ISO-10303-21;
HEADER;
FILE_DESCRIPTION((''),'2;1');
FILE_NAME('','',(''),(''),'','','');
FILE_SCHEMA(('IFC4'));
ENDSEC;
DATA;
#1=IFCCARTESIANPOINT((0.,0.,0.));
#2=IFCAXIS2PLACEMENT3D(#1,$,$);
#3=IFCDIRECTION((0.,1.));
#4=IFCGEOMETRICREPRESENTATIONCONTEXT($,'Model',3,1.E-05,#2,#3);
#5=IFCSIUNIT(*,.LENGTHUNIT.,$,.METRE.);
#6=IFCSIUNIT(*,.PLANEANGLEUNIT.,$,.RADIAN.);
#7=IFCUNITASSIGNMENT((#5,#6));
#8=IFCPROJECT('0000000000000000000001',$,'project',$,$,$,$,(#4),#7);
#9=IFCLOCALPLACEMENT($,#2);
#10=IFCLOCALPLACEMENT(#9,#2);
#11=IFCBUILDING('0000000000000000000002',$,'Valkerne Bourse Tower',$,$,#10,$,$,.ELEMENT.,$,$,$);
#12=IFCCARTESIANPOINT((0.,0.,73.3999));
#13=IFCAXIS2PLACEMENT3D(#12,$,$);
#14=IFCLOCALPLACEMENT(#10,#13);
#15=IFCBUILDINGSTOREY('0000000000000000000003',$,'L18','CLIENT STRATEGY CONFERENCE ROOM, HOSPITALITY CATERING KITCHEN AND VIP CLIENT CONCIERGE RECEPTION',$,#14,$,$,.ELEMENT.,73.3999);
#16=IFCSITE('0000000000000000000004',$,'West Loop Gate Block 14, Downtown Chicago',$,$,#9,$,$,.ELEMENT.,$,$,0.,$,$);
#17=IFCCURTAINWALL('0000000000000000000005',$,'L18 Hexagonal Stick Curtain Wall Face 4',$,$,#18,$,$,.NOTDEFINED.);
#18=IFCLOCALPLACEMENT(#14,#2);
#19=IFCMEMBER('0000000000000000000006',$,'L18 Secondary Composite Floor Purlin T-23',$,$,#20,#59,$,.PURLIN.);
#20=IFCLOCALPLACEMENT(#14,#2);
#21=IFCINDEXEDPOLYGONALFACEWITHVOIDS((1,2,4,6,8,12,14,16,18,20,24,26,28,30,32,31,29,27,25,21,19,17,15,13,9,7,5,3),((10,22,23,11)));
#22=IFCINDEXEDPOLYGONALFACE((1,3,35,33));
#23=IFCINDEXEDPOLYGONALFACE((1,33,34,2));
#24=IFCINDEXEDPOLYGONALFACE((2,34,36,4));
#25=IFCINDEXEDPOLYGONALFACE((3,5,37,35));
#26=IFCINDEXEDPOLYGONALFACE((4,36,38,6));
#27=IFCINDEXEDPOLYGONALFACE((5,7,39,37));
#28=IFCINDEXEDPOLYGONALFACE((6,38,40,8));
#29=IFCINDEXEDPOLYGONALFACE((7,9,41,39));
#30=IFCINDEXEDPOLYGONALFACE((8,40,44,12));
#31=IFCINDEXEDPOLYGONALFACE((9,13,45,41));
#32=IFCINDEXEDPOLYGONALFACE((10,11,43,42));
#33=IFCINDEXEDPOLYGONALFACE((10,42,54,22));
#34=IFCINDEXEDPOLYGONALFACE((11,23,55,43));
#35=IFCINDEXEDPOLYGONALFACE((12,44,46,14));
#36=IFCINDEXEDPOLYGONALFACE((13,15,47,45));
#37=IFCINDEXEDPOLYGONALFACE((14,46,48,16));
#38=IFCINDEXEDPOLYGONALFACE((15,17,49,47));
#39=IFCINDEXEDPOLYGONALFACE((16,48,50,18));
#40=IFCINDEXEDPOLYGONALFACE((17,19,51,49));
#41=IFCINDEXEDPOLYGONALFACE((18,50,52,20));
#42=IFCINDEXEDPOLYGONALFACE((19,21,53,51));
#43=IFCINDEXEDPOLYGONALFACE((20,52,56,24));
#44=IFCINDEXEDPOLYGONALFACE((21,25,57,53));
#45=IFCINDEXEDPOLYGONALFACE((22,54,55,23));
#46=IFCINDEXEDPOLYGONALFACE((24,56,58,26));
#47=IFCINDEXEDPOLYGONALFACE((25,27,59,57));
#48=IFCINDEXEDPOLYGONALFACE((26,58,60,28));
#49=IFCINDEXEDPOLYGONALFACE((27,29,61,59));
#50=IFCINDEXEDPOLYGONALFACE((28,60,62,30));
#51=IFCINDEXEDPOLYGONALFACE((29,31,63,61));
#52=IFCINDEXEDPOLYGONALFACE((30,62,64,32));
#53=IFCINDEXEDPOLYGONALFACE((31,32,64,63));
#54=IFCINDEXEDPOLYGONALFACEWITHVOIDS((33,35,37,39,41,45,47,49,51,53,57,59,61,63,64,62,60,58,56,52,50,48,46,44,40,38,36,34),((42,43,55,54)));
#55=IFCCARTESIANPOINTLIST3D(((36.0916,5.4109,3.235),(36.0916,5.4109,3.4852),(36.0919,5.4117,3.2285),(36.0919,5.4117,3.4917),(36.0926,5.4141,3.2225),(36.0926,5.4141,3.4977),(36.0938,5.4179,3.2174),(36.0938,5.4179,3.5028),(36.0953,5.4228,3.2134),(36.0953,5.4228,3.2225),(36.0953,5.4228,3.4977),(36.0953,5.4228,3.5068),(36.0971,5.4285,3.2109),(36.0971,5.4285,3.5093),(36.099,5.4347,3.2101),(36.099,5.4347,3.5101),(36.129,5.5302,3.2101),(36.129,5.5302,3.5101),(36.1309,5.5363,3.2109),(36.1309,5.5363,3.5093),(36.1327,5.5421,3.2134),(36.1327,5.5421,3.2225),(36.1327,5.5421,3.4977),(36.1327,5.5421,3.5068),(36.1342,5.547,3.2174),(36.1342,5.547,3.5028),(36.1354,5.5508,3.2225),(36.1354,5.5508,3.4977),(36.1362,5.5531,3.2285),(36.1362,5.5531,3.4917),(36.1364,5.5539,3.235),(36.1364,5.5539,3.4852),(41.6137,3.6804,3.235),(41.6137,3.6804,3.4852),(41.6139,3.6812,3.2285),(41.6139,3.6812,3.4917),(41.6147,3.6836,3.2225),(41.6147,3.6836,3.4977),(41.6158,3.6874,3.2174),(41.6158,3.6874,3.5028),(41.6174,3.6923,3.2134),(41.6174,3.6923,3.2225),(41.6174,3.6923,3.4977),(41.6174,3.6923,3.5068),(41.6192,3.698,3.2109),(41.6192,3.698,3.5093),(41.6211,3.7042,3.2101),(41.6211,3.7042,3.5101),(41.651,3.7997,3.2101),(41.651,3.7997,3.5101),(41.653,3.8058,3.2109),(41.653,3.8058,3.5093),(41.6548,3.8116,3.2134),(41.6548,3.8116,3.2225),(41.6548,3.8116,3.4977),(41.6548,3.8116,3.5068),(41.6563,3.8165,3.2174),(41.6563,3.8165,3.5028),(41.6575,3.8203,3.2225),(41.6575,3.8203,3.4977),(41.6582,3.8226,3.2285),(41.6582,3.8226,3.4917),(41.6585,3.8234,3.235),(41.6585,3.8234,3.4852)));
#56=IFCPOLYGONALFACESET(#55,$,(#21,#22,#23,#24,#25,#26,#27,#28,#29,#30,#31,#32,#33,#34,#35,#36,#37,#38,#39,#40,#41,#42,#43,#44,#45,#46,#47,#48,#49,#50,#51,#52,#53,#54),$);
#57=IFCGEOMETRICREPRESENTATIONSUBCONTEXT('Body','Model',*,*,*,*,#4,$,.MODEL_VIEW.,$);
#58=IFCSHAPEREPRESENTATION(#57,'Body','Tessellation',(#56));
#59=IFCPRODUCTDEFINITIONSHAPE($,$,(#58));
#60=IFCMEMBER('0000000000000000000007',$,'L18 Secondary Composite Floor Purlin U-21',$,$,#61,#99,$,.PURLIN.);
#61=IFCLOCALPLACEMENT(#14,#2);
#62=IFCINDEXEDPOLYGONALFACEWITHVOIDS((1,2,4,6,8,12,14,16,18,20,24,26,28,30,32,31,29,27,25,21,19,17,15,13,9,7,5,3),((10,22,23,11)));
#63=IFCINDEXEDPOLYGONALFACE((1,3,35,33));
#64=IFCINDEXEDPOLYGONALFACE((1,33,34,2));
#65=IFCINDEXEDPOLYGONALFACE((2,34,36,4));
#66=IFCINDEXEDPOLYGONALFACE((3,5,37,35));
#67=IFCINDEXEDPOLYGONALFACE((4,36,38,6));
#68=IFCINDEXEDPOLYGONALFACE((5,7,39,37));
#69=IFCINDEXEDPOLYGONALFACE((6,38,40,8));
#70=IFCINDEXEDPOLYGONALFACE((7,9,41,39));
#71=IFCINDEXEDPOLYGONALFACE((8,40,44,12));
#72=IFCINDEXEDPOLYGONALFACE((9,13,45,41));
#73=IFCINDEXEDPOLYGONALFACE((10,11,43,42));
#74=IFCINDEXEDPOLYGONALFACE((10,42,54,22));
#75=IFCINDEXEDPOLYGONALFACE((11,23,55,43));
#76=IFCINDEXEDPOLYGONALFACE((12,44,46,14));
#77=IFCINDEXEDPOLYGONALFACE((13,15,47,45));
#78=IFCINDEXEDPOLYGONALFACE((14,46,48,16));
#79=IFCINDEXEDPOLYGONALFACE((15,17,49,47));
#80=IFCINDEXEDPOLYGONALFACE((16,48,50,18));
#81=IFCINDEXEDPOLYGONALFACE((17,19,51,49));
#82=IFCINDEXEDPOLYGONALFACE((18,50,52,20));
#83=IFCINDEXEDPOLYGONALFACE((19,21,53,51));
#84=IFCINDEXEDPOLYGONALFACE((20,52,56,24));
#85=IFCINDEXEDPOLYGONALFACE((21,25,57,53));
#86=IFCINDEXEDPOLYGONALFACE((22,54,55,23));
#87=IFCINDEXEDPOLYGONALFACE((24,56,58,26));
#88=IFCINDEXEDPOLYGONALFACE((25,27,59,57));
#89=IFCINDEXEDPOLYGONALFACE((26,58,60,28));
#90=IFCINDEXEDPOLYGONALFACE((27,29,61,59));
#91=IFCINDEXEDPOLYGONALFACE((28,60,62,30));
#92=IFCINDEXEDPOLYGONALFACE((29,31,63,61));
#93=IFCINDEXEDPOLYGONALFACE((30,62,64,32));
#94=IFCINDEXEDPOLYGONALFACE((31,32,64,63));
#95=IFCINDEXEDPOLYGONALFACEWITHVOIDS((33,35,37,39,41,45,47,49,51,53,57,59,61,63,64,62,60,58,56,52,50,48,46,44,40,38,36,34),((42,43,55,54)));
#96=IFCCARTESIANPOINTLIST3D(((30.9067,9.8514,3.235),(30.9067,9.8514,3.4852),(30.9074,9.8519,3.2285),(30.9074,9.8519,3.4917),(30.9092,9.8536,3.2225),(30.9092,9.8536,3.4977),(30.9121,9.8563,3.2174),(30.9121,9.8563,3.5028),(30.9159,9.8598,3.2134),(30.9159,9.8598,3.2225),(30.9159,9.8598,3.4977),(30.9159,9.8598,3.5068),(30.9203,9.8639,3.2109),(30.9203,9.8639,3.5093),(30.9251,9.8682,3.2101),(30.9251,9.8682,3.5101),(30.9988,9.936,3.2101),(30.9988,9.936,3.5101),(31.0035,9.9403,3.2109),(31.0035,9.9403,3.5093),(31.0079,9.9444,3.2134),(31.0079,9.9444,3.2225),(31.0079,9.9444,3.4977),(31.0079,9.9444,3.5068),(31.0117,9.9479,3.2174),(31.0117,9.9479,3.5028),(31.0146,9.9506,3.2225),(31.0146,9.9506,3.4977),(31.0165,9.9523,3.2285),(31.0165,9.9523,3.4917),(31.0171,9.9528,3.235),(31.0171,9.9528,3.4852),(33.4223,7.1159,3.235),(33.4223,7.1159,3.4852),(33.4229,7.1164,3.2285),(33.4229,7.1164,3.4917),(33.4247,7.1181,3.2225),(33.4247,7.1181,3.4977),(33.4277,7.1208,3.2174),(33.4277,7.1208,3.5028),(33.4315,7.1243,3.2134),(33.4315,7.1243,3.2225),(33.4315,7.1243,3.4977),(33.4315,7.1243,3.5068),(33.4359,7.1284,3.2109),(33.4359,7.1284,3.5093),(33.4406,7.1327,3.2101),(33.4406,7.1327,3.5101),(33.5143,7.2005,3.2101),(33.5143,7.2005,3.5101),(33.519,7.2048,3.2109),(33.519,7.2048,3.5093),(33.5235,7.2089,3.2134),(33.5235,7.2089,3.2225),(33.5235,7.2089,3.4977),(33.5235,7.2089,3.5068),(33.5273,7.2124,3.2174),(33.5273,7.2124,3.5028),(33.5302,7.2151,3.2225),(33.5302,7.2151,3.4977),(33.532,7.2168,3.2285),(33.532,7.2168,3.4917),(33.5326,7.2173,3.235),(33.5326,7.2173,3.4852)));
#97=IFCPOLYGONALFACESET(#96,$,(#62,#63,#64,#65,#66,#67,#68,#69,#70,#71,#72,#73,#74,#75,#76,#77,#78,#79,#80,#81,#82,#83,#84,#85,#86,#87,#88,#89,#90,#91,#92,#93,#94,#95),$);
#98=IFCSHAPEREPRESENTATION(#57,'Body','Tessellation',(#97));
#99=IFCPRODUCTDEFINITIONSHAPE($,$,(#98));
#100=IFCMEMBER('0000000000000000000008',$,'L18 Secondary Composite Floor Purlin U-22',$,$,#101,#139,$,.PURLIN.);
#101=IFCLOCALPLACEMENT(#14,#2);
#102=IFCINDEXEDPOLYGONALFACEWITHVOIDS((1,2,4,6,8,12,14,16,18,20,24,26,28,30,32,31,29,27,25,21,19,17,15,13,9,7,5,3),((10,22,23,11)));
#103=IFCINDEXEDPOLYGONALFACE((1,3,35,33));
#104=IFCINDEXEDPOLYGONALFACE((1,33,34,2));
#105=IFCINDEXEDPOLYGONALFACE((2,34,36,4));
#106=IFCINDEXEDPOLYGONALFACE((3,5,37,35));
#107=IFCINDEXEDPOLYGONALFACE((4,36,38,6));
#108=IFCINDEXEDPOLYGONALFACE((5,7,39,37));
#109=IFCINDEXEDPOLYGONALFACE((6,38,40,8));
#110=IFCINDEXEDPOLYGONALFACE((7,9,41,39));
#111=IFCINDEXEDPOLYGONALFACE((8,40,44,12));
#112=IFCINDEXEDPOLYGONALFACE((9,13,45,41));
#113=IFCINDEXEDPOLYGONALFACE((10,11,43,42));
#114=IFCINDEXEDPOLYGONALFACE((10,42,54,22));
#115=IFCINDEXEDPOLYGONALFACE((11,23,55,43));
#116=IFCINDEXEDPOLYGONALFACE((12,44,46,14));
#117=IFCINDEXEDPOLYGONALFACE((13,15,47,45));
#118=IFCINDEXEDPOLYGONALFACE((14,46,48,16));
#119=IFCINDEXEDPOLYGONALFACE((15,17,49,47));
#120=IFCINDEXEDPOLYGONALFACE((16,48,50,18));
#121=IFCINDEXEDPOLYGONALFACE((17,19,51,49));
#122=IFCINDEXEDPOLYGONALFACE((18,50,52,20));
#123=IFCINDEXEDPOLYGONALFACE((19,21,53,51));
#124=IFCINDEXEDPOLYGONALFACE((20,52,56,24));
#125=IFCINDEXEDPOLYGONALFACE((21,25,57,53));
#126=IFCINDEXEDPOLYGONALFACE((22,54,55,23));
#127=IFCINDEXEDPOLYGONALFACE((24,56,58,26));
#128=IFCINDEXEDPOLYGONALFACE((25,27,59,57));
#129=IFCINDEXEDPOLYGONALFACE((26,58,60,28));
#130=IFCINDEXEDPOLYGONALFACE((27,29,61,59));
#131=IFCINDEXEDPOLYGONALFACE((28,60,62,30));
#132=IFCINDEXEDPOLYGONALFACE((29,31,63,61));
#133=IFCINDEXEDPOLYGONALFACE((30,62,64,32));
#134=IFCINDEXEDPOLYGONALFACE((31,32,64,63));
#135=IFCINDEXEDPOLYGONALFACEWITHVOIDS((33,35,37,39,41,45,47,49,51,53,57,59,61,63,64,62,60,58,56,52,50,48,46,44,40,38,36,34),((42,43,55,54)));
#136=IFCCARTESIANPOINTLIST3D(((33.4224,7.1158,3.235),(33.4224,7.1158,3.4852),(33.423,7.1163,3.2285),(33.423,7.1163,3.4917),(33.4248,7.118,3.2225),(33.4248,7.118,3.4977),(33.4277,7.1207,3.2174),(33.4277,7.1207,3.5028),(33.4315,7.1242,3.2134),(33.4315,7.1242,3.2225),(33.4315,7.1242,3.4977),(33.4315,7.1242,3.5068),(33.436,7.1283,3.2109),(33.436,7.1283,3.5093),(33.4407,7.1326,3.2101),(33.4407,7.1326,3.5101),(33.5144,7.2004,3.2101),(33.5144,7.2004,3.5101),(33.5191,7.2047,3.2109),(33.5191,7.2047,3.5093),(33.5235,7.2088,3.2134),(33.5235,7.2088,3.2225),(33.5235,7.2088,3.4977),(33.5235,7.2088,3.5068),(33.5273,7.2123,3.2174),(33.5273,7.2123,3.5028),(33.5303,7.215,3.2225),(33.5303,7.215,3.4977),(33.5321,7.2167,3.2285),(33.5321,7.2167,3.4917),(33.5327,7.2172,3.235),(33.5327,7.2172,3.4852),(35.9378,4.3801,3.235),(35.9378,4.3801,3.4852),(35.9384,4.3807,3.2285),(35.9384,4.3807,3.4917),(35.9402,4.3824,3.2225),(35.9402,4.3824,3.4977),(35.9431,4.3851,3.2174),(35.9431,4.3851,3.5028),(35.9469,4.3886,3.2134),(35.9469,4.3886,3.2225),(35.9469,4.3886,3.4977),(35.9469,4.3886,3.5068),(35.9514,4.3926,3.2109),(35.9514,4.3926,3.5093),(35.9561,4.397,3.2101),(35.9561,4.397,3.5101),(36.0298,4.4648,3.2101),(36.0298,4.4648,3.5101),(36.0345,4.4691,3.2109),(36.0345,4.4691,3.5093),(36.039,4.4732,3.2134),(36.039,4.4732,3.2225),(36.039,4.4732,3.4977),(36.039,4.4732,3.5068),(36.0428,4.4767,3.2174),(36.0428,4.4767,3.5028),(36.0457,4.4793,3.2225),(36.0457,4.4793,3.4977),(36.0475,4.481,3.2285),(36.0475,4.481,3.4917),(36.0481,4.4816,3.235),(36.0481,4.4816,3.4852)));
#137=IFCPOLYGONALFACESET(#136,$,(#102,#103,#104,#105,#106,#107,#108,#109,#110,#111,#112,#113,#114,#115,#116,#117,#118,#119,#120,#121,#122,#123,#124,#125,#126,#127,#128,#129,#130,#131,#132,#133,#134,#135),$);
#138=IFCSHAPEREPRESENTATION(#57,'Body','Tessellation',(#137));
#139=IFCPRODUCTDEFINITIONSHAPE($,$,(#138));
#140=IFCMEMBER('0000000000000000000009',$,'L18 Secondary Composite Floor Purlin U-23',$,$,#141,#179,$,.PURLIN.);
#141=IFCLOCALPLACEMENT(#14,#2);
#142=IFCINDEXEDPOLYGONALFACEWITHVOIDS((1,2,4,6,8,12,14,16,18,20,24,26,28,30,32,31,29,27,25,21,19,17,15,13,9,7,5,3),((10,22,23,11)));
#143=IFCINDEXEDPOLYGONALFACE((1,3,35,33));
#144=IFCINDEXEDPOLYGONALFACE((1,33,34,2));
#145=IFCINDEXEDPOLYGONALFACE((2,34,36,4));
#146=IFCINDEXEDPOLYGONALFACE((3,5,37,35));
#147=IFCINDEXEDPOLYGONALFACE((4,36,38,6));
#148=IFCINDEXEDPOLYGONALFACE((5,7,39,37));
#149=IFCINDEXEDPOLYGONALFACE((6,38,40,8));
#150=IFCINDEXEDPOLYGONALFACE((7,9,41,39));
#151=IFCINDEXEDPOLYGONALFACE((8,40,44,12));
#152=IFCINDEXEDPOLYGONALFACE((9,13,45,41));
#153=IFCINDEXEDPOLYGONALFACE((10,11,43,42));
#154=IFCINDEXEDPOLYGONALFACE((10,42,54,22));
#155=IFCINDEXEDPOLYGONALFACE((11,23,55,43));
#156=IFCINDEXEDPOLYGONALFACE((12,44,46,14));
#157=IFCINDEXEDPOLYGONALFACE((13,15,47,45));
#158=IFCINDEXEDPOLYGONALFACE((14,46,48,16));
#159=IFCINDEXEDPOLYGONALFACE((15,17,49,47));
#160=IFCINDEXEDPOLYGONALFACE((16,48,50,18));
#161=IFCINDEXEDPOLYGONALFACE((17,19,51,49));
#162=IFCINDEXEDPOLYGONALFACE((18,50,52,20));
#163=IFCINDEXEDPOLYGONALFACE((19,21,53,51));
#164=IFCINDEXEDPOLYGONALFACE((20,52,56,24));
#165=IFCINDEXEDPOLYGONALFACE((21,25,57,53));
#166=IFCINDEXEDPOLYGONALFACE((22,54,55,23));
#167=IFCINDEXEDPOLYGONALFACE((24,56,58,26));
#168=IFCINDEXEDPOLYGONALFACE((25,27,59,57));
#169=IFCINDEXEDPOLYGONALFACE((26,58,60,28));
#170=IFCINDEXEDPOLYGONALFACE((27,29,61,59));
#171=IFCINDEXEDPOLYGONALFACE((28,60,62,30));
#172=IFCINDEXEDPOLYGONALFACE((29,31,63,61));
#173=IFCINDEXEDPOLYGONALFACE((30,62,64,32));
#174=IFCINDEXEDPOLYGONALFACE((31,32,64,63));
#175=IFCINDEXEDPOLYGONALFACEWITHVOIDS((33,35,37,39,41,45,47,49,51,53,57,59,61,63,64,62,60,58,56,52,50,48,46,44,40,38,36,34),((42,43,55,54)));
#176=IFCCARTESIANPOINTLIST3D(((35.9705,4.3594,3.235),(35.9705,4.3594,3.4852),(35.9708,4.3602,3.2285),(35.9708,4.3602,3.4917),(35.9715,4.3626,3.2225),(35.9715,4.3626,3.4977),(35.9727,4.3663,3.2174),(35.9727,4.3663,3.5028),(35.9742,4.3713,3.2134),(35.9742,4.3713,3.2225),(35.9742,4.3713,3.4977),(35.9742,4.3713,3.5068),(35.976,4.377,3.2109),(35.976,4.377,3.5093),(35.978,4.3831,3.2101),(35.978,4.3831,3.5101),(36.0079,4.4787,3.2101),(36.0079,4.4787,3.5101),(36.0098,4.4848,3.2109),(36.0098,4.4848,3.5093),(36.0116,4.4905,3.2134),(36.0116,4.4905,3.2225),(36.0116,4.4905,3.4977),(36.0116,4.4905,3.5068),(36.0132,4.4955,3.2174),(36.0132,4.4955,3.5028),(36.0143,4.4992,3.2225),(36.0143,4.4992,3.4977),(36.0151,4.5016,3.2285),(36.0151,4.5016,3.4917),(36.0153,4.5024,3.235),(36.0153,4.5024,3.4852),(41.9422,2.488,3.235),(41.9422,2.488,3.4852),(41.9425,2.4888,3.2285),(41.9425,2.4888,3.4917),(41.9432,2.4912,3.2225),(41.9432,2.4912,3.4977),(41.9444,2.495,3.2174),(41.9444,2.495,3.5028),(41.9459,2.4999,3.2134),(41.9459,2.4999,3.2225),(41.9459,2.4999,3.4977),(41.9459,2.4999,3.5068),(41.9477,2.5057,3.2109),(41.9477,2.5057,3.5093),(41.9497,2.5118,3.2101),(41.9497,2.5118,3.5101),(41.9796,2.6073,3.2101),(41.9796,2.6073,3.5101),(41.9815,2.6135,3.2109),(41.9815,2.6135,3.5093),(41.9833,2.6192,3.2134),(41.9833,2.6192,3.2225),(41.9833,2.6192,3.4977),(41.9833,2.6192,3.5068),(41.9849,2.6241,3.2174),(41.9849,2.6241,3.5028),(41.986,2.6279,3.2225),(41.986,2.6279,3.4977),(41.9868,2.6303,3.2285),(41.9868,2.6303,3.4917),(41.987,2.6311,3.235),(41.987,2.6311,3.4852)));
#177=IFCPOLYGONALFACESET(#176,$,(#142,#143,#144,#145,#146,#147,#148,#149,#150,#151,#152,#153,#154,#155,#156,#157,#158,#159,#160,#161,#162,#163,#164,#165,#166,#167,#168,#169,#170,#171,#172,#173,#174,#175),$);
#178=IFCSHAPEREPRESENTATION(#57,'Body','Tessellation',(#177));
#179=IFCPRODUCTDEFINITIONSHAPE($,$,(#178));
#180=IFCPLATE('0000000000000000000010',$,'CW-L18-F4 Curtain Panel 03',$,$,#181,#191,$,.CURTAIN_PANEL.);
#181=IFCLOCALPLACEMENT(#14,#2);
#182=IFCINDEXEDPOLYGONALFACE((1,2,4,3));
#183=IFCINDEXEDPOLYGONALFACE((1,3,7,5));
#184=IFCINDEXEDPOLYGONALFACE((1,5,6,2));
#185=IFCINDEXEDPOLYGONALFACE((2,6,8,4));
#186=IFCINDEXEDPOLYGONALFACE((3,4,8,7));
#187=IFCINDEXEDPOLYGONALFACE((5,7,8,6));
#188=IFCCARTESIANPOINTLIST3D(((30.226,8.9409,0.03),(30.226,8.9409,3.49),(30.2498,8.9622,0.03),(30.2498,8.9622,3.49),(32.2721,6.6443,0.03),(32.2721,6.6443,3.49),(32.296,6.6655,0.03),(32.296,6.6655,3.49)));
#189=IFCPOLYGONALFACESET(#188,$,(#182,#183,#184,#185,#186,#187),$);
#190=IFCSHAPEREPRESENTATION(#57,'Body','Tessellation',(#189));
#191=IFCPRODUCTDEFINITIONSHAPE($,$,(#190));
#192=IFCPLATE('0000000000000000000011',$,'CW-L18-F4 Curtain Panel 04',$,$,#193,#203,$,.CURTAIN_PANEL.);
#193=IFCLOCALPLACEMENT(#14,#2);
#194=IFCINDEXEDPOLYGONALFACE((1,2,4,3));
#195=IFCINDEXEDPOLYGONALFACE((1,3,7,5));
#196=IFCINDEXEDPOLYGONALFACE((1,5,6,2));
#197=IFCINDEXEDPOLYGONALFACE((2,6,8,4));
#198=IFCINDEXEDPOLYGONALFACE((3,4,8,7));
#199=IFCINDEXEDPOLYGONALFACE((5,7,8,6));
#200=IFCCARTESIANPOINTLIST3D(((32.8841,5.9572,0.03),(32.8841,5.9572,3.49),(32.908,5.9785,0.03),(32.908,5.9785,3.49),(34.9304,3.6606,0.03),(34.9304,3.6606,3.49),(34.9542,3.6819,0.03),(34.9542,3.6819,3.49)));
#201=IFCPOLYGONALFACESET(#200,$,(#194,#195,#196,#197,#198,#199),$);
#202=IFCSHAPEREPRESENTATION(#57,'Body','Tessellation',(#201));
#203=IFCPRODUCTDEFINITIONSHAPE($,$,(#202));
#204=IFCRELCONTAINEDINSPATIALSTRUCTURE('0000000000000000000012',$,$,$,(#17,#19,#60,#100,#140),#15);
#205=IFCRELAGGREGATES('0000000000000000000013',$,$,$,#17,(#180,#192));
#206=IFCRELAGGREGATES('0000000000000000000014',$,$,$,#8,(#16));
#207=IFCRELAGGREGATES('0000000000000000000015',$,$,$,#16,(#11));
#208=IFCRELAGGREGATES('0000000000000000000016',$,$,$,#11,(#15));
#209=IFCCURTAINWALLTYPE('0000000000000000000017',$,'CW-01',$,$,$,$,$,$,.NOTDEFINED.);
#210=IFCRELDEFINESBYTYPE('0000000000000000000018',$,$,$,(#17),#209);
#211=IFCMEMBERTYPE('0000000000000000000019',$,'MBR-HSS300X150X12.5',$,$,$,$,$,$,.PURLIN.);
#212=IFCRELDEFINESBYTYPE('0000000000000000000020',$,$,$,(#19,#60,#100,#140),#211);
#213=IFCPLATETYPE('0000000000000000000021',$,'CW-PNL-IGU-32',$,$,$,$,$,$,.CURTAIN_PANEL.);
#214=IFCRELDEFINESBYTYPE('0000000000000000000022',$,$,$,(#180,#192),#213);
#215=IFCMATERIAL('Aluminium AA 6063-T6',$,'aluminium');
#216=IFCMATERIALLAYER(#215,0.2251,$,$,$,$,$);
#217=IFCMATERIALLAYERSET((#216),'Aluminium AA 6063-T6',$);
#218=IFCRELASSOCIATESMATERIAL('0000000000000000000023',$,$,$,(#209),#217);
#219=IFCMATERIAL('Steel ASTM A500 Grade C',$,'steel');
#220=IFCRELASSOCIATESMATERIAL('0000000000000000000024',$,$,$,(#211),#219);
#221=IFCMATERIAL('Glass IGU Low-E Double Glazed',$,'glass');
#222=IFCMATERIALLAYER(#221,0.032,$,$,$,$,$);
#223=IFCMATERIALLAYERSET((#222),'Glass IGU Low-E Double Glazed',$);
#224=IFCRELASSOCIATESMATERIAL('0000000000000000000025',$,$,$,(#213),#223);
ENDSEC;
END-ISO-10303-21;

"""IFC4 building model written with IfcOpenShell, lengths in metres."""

from ifc_helpers import new_model, si_unit, direction, frame, origin, origin_2d, place, context, subcontext, project, spatial, rectangle, hollow_rectangle, extrude, material, layer, layer_set, material_profile, profile_set, type_object, element, aggregate, save


model = new_model("IFC4")

# Units and contexts
model_context = context("Model", 3, precision=1e-05, world=origin(), true_north=direction((0.0, 1.0)))
body_context = subcontext(model_context, "Body", "Model", "MODEL_VIEW")
ifc_project = project(units=[si_unit("LENGTHUNIT", "METRE"), si_unit("PLANEANGLEUNIT", "RADIAN")], contexts=[model_context])

# Site, building, storey
site_placement = place(None, origin())
site = spatial("IfcSite", under=ifc_project, at=site_placement, Name="West Loop Gate Block 14, Downtown Chicago", CompositionType="ELEMENT", RefElevation=0.0)
building_placement = place(site_placement, origin())
building = spatial("IfcBuilding", under=site, at=building_placement, Name="Valkerne Bourse Tower", CompositionType="ELEMENT")
storey_placement = place(building_placement, frame((0.0, 0.0, 73.3999)))
storey = spatial("IfcBuildingStorey", under=building, at=storey_placement, Name="L18", Description="CLIENT STRATEGY CONFERENCE ROOM, HOSPITALITY CATERING KITCHEN AND VIP CLIENT CONCIERGE RECEPTION", CompositionType="ELEMENT", Elevation=73.3999)

# Curtain wall
ifc_material_1 = material(Name="Aluminium AA 6063-T6", Category="aluminium")
ifc_layer_1 = layer(ifc_material_1, 0.2251)
ifc_layer_set_1 = layer_set([ifc_layer_1], Name="Aluminium AA 6063-T6")
curtain_wall_type = type_object("IfcCurtainWallType", Name="CW-01", PredefinedType="NOTDEFINED", material=ifc_layer_set_1)
curtain_wall_placement = place(storey_placement, origin())
curtain_wall = element("IfcCurtainWall", 1, at=curtain_wall_placement, inside=storey, type_object=curtain_wall_type, Name="L18 Hexagonal Stick Curtain Wall Face 4", PredefinedType="NOTDEFINED")

# Members
ifc_material_2 = material(Name="Steel ASTM A500 Grade C", Category="steel")
ifc_material_profile_1 = material_profile(ifc_material_2, hollow_rectangle(XDim=0.1499, YDim=0.3, WallThickness=0.0125, OuterFilletRadius=0.0249, at=origin_2d()), Name="HSS300X150X12.5")
ifc_profile_set_1 = profile_set([ifc_material_profile_1], Name="Steel ASTM A500 Grade C")
member_type_1 = type_object("IfcMemberType", Name="MBR-HSS300X150X12.5", PredefinedType="PURLIN", material=ifc_profile_set_1)
member_1_placement = place(storey_placement, frame((36.114, 5.4824, 3.3601), z_axis=(0.954241, -0.299039, 0.0), x_axis=(0.299039, 0.954241, 0.0)))
element("IfcMember", 2, at=member_1_placement, inside=storey, type_object=member_type_1, Name="L18 Secondary Composite Floor Purlin T-23", PredefinedType="PURLIN", context=body_context, shape_type="SweptSolid", body=[
    extrude(hollow_rectangle(XDim=0.1499, YDim=0.3, WallThickness=0.0125, OuterFilletRadius=0.0249, at=origin_2d()), origin(), (0.0, 0.0, 1.0), 5.7869),
])
for number, where, z_axis, x_axis, name in (
    (3, (30.9619, 9.9021, 3.3601), (0.676893, -0.736082, 0.0), (0.736082, 0.676893, 0.0), "L18 Secondary Composite Floor Purlin U-21"),
    (4, (33.4775, 7.1665, 3.3601), (0.676857, -0.736114, 0.0), (0.736114, 0.676857, 0.0), "L18 Secondary Composite Floor Purlin U-22"),
):
    element("IfcMember", number, at=place(storey_placement, frame(where, z_axis=z_axis, x_axis=x_axis)), inside=storey, type_object=member_type_1, Name=name, PredefinedType="PURLIN", context=body_context, shape_type="SweptSolid", body=[
        extrude(hollow_rectangle(XDim=0.1499, YDim=0.3, WallThickness=0.0125, OuterFilletRadius=0.0249, at=origin_2d()), origin(), (0.0, 0.0, 1.0), 3.7163),
    ])
member_2_placement = place(storey_placement, frame((35.9929, 4.4309, 3.3601), z_axis=(0.954244, -0.29903, 0.0), x_axis=(0.29903, 0.954244, 0.0)))
element("IfcMember", 5, at=member_2_placement, inside=storey, type_object=member_type_1, Name="L18 Secondary Composite Floor Purlin U-23", PredefinedType="PURLIN", context=body_context, shape_type="SweptSolid", body=[
    extrude(hollow_rectangle(XDim=0.1499, YDim=0.3, WallThickness=0.0125, OuterFilletRadius=0.0249, at=origin_2d()), origin(), (0.0, 0.0, 1.0), 6.2581),
])

# Plates
ifc_material_3 = material(Name="Glass IGU Low-E Double Glazed", Category="glass")
ifc_layer_2 = layer(ifc_material_3, 0.032)
ifc_layer_set_2 = layer_set([ifc_layer_2], Name="Glass IGU Low-E Double Glazed")
plate_type = type_object("IfcPlateType", Name="CW-PNL-IGU-32", PredefinedType="CURTAIN_PANEL", material=ifc_layer_set_2)
plate_1_placement = place(storey_placement, frame((31.261, 7.8032, 0.03), z_axis=(0.0, 0.0, 1.0), x_axis=(0.665218, -0.746649, 0.0)))
plate_1 = element("IfcPlate", 6, at=plate_1_placement, type_object=plate_type, Name="CW-L18-F4 Curtain Panel 03", PredefinedType="CURTAIN_PANEL", context=body_context, shape_type="SweptSolid", body=[
    extrude(rectangle(XDim=3.0759, YDim=0.032, at=origin_2d()), origin(), (0.0, 0.0, 1.0), 3.46),
])
plate_2_placement = place(storey_placement, frame((33.9192, 4.8196, 0.03), z_axis=(0.0, 0.0, 1.0), x_axis=(0.665232, -0.746637, 0.0)))
plate_2 = element("IfcPlate", 7, at=plate_2_placement, type_object=plate_type, Name="CW-L18-F4 Curtain Panel 04", PredefinedType="CURTAIN_PANEL", context=body_context, shape_type="SweptSolid", body=[
    extrude(rectangle(XDim=3.0759, YDim=0.032, at=origin_2d()), origin(), (0.0, 0.0, 1.0), 3.46),
])
aggregate(curtain_wall, [plate_1, plate_2])

save(model, "model.ifc")
